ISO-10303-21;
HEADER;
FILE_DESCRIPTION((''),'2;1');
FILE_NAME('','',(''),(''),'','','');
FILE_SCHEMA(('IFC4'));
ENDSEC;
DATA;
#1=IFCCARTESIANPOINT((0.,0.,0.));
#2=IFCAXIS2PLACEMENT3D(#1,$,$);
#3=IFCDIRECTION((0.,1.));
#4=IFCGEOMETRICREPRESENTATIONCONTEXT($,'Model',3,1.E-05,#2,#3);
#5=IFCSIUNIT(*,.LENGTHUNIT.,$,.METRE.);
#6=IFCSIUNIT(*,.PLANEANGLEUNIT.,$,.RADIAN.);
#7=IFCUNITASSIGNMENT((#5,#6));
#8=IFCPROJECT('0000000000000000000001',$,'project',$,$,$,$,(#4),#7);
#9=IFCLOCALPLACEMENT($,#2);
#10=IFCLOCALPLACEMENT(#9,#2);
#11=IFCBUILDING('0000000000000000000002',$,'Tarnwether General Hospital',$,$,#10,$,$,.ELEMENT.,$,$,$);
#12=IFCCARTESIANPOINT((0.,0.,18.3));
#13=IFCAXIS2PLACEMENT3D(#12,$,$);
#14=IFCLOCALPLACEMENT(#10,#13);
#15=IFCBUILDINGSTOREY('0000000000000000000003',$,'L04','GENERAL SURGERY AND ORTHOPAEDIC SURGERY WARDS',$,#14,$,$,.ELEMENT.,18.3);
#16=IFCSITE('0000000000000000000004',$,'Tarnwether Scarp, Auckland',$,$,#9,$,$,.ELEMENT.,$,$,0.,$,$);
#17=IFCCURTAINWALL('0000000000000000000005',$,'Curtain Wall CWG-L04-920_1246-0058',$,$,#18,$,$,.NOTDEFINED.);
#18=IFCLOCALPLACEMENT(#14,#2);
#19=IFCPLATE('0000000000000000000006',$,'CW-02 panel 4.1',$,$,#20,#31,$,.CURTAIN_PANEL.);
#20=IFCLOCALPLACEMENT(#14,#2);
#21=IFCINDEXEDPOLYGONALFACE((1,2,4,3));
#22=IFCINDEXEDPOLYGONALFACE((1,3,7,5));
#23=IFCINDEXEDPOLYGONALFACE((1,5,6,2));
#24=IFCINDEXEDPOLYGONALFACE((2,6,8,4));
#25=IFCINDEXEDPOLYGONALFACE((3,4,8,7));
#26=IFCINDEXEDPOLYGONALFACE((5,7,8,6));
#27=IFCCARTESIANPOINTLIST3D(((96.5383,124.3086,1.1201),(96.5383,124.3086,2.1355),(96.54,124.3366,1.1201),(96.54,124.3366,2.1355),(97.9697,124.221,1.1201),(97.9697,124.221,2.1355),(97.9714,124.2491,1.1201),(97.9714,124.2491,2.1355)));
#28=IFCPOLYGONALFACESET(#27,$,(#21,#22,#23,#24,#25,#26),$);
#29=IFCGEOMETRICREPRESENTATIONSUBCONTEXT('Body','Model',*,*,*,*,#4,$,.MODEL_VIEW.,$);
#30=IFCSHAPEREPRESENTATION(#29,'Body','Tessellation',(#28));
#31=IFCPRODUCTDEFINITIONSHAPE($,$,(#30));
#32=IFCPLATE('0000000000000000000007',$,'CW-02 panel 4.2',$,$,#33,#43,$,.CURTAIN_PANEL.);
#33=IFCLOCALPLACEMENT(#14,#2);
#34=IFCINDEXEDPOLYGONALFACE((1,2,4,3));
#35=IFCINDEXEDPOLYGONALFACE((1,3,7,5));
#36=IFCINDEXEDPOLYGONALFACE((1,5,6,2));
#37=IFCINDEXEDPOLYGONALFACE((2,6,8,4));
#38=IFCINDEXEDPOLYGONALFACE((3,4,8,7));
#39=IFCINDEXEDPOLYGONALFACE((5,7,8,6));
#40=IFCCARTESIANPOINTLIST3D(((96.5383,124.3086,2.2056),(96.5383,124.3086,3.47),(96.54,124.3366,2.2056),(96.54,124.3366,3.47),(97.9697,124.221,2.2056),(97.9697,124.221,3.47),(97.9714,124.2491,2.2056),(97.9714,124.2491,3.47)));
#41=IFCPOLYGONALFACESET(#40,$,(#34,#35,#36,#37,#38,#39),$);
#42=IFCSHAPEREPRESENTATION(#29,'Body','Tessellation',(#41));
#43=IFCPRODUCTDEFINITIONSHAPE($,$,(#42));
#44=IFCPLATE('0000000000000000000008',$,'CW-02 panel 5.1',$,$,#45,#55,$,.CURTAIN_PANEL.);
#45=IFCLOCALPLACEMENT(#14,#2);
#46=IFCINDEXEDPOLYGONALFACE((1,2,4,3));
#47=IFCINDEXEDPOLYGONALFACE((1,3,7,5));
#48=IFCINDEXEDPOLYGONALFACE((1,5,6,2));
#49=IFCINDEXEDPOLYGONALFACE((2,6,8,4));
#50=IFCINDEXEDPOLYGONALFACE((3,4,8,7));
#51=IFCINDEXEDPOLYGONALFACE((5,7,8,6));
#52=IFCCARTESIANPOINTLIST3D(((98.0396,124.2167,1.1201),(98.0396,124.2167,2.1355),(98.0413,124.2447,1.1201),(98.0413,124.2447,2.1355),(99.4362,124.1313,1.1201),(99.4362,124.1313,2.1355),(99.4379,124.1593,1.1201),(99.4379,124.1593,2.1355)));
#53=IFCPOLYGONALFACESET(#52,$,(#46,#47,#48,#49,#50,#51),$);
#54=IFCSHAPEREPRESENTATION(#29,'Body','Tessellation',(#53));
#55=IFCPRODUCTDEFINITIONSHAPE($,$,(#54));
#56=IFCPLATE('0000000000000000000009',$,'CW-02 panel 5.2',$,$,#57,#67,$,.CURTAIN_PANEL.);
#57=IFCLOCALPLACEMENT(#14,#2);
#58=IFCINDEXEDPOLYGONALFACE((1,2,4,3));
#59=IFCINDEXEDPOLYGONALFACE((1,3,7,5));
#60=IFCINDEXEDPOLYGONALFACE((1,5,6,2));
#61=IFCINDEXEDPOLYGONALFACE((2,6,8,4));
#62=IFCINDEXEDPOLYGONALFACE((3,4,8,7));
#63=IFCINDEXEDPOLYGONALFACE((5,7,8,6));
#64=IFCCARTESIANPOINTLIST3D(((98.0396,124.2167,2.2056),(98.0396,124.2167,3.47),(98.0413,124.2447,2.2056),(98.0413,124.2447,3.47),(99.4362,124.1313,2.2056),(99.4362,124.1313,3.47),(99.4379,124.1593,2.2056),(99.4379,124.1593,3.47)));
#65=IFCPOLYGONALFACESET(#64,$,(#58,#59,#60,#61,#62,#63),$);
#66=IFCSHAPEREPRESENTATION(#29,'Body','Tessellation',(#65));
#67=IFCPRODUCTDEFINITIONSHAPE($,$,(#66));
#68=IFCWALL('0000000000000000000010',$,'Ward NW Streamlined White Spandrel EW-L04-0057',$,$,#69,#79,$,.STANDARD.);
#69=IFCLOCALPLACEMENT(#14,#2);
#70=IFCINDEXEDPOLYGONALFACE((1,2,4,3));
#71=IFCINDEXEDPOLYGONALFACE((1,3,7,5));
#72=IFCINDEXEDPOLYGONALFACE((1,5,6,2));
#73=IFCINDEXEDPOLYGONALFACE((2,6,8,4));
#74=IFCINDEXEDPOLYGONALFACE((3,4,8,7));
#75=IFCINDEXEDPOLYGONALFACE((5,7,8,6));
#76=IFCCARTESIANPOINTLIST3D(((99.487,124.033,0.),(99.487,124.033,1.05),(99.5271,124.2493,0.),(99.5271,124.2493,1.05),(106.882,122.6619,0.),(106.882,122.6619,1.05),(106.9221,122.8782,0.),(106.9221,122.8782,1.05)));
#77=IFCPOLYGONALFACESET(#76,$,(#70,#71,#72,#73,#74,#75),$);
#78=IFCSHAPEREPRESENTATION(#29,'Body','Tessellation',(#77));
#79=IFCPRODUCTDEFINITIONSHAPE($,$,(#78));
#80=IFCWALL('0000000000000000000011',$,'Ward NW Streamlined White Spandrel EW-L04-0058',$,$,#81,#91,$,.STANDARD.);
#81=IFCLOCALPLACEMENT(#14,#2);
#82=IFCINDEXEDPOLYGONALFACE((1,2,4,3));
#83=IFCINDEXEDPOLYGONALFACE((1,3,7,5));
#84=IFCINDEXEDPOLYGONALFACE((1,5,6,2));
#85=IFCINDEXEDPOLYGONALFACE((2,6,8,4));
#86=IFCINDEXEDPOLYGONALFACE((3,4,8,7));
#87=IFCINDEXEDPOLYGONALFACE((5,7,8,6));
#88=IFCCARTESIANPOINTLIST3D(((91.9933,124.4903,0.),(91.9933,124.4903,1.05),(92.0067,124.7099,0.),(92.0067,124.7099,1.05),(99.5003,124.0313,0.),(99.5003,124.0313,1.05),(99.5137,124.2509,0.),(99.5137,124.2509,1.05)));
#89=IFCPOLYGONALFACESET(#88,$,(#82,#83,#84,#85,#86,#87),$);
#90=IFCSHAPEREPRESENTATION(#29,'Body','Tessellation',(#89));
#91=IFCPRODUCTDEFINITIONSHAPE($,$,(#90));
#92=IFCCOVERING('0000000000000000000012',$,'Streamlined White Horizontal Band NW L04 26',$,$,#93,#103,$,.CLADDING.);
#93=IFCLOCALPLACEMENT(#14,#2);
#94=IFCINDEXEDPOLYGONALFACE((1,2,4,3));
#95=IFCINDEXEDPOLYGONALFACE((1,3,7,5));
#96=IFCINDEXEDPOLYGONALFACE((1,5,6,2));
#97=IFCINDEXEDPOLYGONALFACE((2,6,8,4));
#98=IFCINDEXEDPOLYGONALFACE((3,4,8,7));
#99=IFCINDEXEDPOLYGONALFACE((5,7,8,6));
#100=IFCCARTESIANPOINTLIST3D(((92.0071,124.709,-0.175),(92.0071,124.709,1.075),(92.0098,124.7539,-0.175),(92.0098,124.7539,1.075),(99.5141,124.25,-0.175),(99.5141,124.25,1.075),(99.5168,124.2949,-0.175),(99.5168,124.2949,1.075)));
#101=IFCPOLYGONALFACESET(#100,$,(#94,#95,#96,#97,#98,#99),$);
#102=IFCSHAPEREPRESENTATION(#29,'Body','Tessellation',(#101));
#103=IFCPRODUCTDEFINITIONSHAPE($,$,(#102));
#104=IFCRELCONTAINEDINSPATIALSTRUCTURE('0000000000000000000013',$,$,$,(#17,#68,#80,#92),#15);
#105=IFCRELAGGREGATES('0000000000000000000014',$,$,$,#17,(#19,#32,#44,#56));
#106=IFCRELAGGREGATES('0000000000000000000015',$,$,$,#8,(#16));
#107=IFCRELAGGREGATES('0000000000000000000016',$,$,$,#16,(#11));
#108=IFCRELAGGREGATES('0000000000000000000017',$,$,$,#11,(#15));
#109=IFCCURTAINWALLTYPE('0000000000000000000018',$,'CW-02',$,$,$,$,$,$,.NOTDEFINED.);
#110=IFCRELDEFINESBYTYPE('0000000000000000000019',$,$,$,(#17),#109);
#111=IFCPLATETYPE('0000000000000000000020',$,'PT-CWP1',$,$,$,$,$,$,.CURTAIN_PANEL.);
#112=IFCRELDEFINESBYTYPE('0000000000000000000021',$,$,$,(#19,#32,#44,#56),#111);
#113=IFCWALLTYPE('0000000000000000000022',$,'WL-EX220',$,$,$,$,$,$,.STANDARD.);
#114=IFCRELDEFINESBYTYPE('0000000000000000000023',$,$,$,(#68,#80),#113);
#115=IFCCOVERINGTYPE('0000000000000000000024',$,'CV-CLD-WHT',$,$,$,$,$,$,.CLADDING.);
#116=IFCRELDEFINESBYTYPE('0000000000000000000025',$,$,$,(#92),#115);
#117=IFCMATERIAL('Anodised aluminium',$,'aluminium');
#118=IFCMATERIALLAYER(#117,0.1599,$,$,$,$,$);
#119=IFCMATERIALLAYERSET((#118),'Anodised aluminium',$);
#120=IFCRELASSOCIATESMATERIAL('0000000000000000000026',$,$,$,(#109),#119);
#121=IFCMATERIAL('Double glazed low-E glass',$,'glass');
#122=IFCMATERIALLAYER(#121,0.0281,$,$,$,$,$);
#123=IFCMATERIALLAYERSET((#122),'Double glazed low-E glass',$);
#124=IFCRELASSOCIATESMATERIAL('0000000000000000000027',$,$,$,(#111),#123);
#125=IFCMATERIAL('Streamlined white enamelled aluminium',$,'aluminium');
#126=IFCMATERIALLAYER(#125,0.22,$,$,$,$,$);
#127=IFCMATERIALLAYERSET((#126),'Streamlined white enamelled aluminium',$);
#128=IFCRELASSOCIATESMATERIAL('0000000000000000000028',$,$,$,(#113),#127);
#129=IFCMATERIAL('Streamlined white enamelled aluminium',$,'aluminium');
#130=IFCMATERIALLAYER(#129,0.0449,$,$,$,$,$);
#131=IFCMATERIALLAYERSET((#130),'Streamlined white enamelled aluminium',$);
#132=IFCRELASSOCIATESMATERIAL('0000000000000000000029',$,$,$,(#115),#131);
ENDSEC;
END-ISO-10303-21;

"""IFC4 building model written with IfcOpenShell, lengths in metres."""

from ifc_helpers import new_model, si_unit, direction, frame, frame_2d, origin, origin_2d, place, context, subcontext, project, spatial, rectangle, extrude, material, layer, layer_set, type_object, element, aggregate, save


model = new_model("IFC4")

# Units and contexts
model_context = context("Model", 3, precision=1e-05, world=origin(), true_north=direction((0.0, 1.0)))
body_context = subcontext(model_context, "Body", "Model", "MODEL_VIEW")
ifc_project = project(units=[si_unit("LENGTHUNIT", "METRE"), si_unit("PLANEANGLEUNIT", "RADIAN")], contexts=[model_context])

# Site, building, storey
site_placement = place(None, origin())
site = spatial("IfcSite", under=ifc_project, at=site_placement, Name="Tarnwether Scarp, Auckland", CompositionType="ELEMENT", RefElevation=0.0)
building_placement = place(site_placement, origin())
building = spatial("IfcBuilding", under=site, at=building_placement, Name="Tarnwether General Hospital", CompositionType="ELEMENT")
storey_placement = place(building_placement, frame((0.0, 0.0, 18.3)))
storey = spatial("IfcBuildingStorey", under=building, at=storey_placement, Name="L04", Description="GENERAL SURGERY AND ORTHOPAEDIC SURGERY WARDS", CompositionType="ELEMENT", Elevation=18.3)

# Shared definitions
ifc_material_1 = material(Name="Anodised aluminium", Category="aluminium")
ifc_layer_1 = layer(ifc_material_1, 0.1599)
ifc_layer_set_1 = layer_set([ifc_layer_1], Name="Anodised aluminium")
curtain_wall_type = type_object("IfcCurtainWallType", Name="CW-02", PredefinedType="NOTDEFINED", material=ifc_layer_set_1)

# Curtain wall, plates
curtain_wall_1_placement = place(storey_placement, origin())
curtain_wall_1 = element("IfcCurtainWall", 1, at=curtain_wall_1_placement, inside=storey, type_object=curtain_wall_type, Name="Curtain Wall CWG-L04-920_1246-0058", PredefinedType="NOTDEFINED")
ifc_material_2 = material(Name="Double glazed low-E glass", Category="glass")
ifc_layer_2 = layer(ifc_material_2, 0.0281)
ifc_layer_set_2 = layer_set([ifc_layer_2], Name="Double glazed low-E glass")
plate_type = type_object("IfcPlateType", Name="PT-CWP1", PredefinedType="CURTAIN_PANEL", material=ifc_layer_set_2)
plate_1_placement = place(storey_placement, frame((97.2549, 124.2788, 1.1201), z_axis=(0.0, 0.0, 1.0), x_axis=(0.998136, -0.061029, 0.0)))
plate_1 = element("IfcPlate", 2, at=plate_1_placement, type_object=plate_type, Name="CW-02 panel 4.1", PredefinedType="CURTAIN_PANEL", context=body_context, shape_type="SweptSolid", body=[
    extrude(rectangle(XDim=1.4341, YDim=0.0281, at=origin_2d()), origin(), (0.0, 0.0, 1.0), 1.0154),
])
plate_2_placement = place(storey_placement, frame((97.2549, 124.2788, 2.2056), z_axis=(0.0, 0.0, 1.0), x_axis=(0.998136, -0.061029, 0.0)))
plate_2 = element("IfcPlate", 3, at=plate_2_placement, type_object=plate_type, Name="CW-02 panel 4.2", PredefinedType="CURTAIN_PANEL", context=body_context, shape_type="SweptSolid", body=[
    extrude(rectangle(XDim=1.4341, YDim=0.0281, at=origin_2d()), origin(), (0.0, 0.0, 1.0), 1.2644),
])
plate_3_placement = place(storey_placement, frame((98.7388, 124.188, 1.1201), z_axis=(0.0, 0.0, 1.0), x_axis=(0.998136, -0.061029, 0.0)))
plate_3 = element("IfcPlate", 4, at=plate_3_placement, type_object=plate_type, Name="CW-02 panel 5.1", PredefinedType="CURTAIN_PANEL", context=body_context, shape_type="SweptSolid", body=[
    extrude(rectangle(XDim=1.3992, YDim=0.0281, at=origin_2d()), origin(), (0.0, 0.0, 1.0), 1.0154),
])
plate_4_placement = place(storey_placement, frame((98.7388, 124.188, 2.2056), z_axis=(0.0, 0.0, 1.0), x_axis=(0.998136, -0.061029, 0.0)))
plate_4 = element("IfcPlate", 5, at=plate_4_placement, type_object=plate_type, Name="CW-02 panel 5.2", PredefinedType="CURTAIN_PANEL", context=body_context, shape_type="SweptSolid", body=[
    extrude(rectangle(XDim=1.3992, YDim=0.0281, at=origin_2d()), origin(), (0.0, 0.0, 1.0), 1.2644),
])
aggregate(curtain_wall_1, [plate_1, plate_2, plate_3, plate_4])

# Walls
ifc_material_3 = material(Name="Streamlined white enamelled aluminium", Category="aluminium")
ifc_layer_3 = layer(ifc_material_3, 0.22)
ifc_layer_set_3 = layer_set([ifc_layer_3], Name="Streamlined white enamelled aluminium")
wall_type = type_object("IfcWallType", Name="WL-EX220", PredefinedType="STANDARD", material=ifc_layer_set_3)
for number, where, z_axis, x_axis, name in (
    (6, (99.5071, 124.1411, 0.0), (0.0, 0.0, 1.0), (0.983243, -0.182301, 0.0), "Ward NW Streamlined White Spandrel EW-L04-0057"),
    (7, (92.0, 124.6001, 0.0), (0.0, 0.0, 1.0), (0.998136, -0.061026, 0.0), "Ward NW Streamlined White Spandrel EW-L04-0058"),
):
    element("IfcWall", number, at=place(storey_placement, frame(where, z_axis=z_axis, x_axis=x_axis)), inside=storey, type_object=wall_type, Name=name, PredefinedType="STANDARD", context=body_context, shape_type="SweptSolid", body=[
        extrude(rectangle(XDim=7.521, YDim=0.22, at=frame_2d((3.7605, 0.0))), origin(), (0.0, 0.0, 1.0), 1.05),
    ])

# Covering
ifc_material_4 = material(Name="Streamlined white enamelled aluminium", Category="aluminium")
ifc_layer_4 = layer(ifc_material_4, 0.0449)
ifc_layer_set_4 = layer_set([ifc_layer_4], Name="Streamlined white enamelled aluminium")
covering_type = type_object("IfcCoveringType", Name="CV-CLD-WHT", PredefinedType="CLADDING", material=ifc_layer_set_4)
covering_placement = place(storey_placement, frame((95.762, 124.502, -0.175), z_axis=(0.0, 0.0, 1.0), x_axis=(0.998136, -0.061031, 0.0)))
element("IfcCovering", 8, at=covering_placement, inside=storey, type_object=covering_type, Name="Streamlined White Horizontal Band NW L04 26", PredefinedType="CLADDING", context=body_context, shape_type="SweptSolid", body=[
    extrude(rectangle(XDim=7.521, YDim=0.0449, at=origin_2d()), origin(), (0.0, 0.0, 1.0), 1.25),
])

save(model, "model.ifc")
